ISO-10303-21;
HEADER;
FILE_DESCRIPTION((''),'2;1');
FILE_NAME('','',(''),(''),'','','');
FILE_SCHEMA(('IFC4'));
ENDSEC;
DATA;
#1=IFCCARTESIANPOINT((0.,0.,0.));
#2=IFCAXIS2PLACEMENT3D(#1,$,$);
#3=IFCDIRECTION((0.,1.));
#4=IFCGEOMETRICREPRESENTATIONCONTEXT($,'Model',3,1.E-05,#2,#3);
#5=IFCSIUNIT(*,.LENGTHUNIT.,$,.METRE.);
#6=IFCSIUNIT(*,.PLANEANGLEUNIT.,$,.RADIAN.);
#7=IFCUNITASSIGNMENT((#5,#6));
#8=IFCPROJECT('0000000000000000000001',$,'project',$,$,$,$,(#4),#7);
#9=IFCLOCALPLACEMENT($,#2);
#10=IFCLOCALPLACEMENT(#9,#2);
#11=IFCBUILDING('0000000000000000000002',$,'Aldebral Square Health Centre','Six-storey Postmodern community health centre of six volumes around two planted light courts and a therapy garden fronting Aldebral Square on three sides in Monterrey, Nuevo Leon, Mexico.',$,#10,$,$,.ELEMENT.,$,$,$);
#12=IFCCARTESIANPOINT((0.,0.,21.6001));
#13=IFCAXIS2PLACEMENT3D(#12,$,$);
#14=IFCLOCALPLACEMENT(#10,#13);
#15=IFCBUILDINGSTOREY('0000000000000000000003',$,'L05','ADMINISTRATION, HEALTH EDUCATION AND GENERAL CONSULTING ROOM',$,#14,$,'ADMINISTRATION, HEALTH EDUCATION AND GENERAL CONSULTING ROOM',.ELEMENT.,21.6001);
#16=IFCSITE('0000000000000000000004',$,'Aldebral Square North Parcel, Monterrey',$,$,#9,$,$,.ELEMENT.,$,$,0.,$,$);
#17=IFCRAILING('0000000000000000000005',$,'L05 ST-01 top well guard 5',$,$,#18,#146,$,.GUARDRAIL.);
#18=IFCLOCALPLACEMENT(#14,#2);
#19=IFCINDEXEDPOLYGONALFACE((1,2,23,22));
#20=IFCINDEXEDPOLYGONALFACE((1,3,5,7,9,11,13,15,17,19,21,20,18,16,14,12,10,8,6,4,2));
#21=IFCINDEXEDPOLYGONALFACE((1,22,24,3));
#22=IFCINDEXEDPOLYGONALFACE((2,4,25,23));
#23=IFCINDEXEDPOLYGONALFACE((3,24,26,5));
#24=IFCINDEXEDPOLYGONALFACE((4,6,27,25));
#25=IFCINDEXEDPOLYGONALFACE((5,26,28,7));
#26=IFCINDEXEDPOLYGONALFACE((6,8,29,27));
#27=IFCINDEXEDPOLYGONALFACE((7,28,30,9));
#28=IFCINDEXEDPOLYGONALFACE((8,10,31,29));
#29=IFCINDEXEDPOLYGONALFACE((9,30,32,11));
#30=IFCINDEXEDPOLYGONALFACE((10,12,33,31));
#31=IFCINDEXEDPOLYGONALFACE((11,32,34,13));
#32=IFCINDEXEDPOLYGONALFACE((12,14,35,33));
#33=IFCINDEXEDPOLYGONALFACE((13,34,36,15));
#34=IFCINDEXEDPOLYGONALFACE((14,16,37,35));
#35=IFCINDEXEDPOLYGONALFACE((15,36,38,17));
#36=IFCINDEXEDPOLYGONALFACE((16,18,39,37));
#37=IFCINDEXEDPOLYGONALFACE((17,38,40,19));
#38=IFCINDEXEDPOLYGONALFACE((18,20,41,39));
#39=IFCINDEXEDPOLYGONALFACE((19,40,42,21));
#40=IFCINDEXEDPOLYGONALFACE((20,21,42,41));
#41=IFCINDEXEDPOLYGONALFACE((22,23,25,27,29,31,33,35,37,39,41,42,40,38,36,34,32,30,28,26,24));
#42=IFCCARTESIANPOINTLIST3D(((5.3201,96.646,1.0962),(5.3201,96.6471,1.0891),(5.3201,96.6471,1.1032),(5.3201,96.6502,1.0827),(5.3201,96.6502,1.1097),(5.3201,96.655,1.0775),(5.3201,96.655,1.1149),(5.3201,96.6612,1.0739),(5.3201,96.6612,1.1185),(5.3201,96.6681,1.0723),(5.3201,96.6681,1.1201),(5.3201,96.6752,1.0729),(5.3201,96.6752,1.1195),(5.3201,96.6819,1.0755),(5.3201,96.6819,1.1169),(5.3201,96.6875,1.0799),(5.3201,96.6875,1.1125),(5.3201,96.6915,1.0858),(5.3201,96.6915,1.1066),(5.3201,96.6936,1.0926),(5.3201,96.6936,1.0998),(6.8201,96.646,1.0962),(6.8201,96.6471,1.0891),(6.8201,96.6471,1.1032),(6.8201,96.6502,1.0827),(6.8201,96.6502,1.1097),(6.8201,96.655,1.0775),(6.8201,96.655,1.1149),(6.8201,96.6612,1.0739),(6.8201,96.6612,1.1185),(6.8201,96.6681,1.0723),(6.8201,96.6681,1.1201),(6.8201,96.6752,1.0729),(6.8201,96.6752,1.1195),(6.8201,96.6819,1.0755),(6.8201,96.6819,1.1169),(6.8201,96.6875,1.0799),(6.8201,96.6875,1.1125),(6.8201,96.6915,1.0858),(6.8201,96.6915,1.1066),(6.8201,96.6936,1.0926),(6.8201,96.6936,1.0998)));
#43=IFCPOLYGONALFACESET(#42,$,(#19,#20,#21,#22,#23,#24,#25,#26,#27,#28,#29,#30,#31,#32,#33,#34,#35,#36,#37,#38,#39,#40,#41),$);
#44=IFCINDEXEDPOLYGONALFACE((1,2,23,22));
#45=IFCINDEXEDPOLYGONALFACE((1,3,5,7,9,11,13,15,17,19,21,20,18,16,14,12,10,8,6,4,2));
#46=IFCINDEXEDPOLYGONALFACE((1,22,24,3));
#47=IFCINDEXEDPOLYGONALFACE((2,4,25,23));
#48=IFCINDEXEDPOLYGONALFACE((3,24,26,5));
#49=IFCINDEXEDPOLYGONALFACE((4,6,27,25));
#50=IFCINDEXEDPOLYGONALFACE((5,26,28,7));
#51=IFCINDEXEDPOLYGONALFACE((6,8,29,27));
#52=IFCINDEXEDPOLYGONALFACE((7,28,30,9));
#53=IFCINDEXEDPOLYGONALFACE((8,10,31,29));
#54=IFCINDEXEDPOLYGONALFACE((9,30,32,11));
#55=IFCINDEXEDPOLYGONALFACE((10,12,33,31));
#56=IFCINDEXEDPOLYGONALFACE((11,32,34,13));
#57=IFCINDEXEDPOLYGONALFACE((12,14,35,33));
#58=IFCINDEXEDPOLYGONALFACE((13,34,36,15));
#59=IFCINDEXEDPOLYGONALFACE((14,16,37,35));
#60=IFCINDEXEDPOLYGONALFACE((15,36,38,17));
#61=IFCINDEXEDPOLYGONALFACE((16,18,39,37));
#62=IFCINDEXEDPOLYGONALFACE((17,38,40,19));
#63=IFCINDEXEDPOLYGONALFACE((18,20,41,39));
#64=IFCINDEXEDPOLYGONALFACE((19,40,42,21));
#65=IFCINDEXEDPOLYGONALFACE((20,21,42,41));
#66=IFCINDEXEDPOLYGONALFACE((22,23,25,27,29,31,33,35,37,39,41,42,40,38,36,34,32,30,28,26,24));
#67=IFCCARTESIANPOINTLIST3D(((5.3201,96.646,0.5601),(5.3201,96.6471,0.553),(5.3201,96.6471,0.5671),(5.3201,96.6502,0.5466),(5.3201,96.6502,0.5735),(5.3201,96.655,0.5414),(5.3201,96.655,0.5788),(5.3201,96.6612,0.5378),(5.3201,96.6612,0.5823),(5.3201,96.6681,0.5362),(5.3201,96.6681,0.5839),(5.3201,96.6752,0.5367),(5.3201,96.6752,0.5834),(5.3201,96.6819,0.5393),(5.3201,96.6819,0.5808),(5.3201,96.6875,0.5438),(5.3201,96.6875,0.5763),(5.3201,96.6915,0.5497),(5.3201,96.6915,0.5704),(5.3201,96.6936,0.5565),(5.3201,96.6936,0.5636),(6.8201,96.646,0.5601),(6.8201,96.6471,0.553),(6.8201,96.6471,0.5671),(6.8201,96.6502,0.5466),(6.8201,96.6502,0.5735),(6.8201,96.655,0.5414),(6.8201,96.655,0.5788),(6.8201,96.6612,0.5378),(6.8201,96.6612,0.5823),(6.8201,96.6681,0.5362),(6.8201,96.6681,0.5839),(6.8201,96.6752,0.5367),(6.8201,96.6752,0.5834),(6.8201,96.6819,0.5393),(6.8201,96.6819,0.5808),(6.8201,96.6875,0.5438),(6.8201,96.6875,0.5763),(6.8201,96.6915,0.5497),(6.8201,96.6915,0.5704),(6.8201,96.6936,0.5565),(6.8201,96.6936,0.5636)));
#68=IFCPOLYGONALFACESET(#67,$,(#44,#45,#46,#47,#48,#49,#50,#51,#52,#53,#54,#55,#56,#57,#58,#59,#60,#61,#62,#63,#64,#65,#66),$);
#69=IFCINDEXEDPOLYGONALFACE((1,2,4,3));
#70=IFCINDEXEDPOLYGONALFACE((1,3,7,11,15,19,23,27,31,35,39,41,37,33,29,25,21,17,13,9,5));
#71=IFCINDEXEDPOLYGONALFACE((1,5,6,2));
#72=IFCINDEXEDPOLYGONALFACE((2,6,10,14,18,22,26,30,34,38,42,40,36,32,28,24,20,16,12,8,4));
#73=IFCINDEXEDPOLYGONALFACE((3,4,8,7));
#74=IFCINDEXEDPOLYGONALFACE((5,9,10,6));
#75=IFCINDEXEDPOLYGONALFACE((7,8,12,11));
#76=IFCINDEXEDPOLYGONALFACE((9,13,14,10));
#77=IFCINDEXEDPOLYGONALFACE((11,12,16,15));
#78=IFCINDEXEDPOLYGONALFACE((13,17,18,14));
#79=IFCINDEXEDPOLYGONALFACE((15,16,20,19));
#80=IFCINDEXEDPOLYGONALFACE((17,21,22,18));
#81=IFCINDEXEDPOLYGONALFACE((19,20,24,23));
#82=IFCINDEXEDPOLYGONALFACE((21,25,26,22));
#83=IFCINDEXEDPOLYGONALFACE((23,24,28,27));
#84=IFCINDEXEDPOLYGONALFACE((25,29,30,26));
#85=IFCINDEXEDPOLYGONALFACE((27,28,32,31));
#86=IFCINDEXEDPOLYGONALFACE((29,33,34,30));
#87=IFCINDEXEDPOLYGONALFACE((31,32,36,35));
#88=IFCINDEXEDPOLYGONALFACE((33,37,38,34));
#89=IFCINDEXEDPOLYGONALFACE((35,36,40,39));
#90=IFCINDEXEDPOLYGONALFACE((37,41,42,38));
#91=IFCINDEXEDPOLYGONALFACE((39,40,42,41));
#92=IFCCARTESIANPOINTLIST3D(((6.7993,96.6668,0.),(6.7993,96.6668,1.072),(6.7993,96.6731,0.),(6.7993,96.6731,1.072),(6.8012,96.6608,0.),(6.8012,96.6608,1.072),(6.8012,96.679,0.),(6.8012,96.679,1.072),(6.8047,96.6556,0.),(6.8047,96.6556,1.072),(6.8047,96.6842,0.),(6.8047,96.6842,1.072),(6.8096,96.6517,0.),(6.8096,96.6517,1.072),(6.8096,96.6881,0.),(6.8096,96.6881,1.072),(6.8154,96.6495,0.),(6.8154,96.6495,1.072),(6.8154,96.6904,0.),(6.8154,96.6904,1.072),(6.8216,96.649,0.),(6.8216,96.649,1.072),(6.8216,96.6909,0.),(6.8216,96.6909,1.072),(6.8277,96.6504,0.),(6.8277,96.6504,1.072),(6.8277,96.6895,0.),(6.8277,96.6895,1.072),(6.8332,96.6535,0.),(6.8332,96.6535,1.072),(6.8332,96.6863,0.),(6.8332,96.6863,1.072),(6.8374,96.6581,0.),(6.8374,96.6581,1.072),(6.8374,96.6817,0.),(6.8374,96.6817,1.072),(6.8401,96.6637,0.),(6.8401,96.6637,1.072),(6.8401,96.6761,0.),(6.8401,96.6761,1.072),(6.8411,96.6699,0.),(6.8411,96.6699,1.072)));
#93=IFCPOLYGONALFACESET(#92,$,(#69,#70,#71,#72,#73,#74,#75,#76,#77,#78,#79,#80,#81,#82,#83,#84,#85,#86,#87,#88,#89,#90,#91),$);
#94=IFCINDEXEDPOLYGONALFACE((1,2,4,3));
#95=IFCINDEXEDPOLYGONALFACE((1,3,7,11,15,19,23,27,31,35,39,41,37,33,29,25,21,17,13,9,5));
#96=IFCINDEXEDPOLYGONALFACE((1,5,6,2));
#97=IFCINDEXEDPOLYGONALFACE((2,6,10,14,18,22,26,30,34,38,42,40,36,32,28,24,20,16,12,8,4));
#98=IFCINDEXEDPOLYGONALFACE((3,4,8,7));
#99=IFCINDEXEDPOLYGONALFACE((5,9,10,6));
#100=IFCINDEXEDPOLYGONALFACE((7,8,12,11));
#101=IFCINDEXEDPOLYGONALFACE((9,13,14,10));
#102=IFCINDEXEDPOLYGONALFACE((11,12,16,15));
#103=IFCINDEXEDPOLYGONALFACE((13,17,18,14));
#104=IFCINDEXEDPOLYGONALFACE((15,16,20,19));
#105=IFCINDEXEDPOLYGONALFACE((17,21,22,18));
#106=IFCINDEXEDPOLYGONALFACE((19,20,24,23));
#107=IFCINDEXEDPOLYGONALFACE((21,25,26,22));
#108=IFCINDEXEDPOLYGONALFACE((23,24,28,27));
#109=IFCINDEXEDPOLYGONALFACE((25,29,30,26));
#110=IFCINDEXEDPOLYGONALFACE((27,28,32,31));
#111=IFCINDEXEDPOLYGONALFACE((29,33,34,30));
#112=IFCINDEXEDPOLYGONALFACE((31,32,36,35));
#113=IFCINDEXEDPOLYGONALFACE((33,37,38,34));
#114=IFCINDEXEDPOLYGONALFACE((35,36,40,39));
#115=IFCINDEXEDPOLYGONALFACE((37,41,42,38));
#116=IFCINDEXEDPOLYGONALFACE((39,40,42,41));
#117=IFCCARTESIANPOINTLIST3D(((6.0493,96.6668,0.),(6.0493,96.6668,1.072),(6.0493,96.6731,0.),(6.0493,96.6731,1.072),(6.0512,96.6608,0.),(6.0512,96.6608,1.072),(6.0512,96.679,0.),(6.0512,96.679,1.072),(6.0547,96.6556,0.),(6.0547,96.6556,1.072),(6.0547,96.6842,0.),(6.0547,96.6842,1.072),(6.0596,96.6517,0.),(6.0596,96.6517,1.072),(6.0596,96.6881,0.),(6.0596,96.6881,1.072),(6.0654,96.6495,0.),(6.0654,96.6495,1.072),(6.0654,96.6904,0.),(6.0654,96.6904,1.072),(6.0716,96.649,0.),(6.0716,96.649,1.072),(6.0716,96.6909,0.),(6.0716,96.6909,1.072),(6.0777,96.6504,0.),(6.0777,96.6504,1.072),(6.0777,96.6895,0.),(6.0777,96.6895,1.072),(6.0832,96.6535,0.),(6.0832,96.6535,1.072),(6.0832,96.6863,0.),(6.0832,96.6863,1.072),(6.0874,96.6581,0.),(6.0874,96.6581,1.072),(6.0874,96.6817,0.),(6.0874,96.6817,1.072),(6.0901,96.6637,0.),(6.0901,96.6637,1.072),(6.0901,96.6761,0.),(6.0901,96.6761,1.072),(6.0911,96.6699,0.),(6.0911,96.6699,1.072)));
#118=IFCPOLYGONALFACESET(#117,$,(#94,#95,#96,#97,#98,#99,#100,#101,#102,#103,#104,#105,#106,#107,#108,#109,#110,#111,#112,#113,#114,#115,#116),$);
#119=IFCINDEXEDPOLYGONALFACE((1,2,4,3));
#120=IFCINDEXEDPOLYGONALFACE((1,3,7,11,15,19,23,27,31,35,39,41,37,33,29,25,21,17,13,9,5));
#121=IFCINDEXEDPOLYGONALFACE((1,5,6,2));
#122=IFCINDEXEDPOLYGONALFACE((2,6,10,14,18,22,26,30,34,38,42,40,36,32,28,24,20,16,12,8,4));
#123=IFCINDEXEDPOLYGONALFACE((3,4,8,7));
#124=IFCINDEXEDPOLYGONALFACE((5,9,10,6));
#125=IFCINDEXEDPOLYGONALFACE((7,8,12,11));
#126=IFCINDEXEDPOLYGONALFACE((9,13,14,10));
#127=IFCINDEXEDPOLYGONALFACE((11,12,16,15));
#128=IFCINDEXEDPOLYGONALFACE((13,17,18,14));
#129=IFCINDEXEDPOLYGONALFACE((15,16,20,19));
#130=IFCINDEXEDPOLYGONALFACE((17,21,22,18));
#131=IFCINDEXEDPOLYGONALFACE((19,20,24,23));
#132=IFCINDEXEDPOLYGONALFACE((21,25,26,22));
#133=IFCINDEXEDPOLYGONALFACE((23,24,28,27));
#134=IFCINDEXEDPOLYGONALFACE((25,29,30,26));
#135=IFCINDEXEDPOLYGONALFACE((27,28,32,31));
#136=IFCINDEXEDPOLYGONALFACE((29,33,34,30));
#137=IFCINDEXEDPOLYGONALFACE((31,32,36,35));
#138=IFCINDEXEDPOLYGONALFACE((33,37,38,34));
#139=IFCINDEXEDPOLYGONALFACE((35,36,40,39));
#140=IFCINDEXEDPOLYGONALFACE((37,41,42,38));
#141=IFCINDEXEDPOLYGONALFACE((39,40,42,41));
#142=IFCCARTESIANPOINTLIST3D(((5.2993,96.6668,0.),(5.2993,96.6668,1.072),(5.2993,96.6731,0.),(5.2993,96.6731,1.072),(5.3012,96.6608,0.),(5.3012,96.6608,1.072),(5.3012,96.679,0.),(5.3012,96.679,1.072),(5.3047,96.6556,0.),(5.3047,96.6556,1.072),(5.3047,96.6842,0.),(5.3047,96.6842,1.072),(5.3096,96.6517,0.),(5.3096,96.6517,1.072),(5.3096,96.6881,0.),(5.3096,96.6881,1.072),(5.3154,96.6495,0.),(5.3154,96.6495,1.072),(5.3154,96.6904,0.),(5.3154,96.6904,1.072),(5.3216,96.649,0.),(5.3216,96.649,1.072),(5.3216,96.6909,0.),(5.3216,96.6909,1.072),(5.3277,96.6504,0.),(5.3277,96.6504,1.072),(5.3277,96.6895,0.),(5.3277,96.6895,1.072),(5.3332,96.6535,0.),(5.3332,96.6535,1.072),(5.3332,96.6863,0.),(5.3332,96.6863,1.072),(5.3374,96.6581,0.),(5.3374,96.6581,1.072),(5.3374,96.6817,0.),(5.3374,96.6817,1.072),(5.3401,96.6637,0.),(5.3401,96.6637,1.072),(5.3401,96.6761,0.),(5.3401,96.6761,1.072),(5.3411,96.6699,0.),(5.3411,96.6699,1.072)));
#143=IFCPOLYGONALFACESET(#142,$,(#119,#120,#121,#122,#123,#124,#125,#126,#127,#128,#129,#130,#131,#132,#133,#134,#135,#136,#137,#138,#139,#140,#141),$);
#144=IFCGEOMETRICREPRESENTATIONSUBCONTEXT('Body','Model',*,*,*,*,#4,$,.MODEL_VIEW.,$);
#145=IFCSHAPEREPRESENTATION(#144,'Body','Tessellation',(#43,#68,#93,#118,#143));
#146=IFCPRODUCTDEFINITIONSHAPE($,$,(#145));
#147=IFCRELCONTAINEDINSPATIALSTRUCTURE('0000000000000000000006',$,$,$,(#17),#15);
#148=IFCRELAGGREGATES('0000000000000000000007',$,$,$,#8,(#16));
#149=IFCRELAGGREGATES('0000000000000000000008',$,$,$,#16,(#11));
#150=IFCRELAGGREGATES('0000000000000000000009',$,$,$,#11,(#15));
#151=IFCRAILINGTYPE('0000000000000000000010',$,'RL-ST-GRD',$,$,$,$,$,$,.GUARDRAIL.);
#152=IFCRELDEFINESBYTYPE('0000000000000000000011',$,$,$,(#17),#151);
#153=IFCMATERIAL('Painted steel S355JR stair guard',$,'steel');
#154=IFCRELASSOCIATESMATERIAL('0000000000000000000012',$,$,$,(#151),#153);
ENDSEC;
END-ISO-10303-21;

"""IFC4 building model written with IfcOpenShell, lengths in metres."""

from ifc_helpers import new_model, si_unit, direction, frame, origin, origin_2d, place, context, subcontext, project, spatial, circle, extrude, material, type_object, element, save


model = new_model("IFC4")

# Units and contexts
model_context = context("Model", 3, precision=1e-05, world=origin(), true_north=direction((0.0, 1.0)))
body_context = subcontext(model_context, "Body", "Model", "MODEL_VIEW")
ifc_project = project(units=[si_unit("LENGTHUNIT", "METRE"), si_unit("PLANEANGLEUNIT", "RADIAN")], contexts=[model_context])

# Site, building, storey
site_placement = place(None, origin())
site = spatial("IfcSite", under=ifc_project, at=site_placement, Name="Aldebral Square North Parcel, Monterrey", CompositionType="ELEMENT", RefElevation=0.0)
building_placement = place(site_placement, origin())
building = spatial("IfcBuilding", under=site, at=building_placement, Name="Aldebral Square Health Centre", Description="Six-storey Postmodern community health centre of six volumes around two planted light courts and a therapy garden fronting Aldebral Square on three sides in Monterrey, Nuevo Leon, Mexico.", CompositionType="ELEMENT")
storey_placement = place(building_placement, frame((0.0, 0.0, 21.6001)))
storey = spatial("IfcBuildingStorey", under=building, at=storey_placement, Name="L05", Description="ADMINISTRATION, HEALTH EDUCATION AND GENERAL CONSULTING ROOM", LongName="ADMINISTRATION, HEALTH EDUCATION AND GENERAL CONSULTING ROOM", CompositionType="ELEMENT", Elevation=21.6001)

# Railing
ifc_material_1 = material(Name="Painted steel S355JR stair guard", Category="steel")
railing_type = type_object("IfcRailingType", Name="RL-ST-GRD", PredefinedType="GUARDRAIL", material=ifc_material_1)
for number, where, name in (
    (1, (6.8201, 96.6699, 0.0), "L05 ST-01 top well guard 5"),
):
    element("IfcRailing", number, at=place(storey_placement, frame(where)), inside=storey, type_object=railing_type, Name=name, PredefinedType="GUARDRAIL", context=body_context, shape_type="SweptSolid", body=[
        extrude(circle(Radius=0.0239, at=origin_2d()), frame((0.0, 0.0, 1.0962), z_axis=(-1.0, 0.0, 0.0), x_axis=(0.0, -1.0, 0.0)), (0.0, 0.0, 1.0), 1.5),
        extrude(circle(Radius=0.0239, at=origin_2d()), frame((0.0, 0.0, 0.5601), z_axis=(-1.0, 0.0, 0.0), x_axis=(0.0, -1.0, 0.0)), (0.0, 0.0, 1.0), 1.5),
        extrude(circle(Radius=0.021, at=origin_2d()), origin(), (0.0, 0.0, 1.0), 1.072),
        extrude(circle(Radius=0.021, at=origin_2d()), frame((-0.75, 0.0, 0.0)), (0.0, 0.0, 1.0), 1.072),
        extrude(circle(Radius=0.021, at=origin_2d()), frame((-1.5, 0.0, 0.0)), (0.0, 0.0, 1.0), 1.072),
    ])

save(model, "model.ifc")
